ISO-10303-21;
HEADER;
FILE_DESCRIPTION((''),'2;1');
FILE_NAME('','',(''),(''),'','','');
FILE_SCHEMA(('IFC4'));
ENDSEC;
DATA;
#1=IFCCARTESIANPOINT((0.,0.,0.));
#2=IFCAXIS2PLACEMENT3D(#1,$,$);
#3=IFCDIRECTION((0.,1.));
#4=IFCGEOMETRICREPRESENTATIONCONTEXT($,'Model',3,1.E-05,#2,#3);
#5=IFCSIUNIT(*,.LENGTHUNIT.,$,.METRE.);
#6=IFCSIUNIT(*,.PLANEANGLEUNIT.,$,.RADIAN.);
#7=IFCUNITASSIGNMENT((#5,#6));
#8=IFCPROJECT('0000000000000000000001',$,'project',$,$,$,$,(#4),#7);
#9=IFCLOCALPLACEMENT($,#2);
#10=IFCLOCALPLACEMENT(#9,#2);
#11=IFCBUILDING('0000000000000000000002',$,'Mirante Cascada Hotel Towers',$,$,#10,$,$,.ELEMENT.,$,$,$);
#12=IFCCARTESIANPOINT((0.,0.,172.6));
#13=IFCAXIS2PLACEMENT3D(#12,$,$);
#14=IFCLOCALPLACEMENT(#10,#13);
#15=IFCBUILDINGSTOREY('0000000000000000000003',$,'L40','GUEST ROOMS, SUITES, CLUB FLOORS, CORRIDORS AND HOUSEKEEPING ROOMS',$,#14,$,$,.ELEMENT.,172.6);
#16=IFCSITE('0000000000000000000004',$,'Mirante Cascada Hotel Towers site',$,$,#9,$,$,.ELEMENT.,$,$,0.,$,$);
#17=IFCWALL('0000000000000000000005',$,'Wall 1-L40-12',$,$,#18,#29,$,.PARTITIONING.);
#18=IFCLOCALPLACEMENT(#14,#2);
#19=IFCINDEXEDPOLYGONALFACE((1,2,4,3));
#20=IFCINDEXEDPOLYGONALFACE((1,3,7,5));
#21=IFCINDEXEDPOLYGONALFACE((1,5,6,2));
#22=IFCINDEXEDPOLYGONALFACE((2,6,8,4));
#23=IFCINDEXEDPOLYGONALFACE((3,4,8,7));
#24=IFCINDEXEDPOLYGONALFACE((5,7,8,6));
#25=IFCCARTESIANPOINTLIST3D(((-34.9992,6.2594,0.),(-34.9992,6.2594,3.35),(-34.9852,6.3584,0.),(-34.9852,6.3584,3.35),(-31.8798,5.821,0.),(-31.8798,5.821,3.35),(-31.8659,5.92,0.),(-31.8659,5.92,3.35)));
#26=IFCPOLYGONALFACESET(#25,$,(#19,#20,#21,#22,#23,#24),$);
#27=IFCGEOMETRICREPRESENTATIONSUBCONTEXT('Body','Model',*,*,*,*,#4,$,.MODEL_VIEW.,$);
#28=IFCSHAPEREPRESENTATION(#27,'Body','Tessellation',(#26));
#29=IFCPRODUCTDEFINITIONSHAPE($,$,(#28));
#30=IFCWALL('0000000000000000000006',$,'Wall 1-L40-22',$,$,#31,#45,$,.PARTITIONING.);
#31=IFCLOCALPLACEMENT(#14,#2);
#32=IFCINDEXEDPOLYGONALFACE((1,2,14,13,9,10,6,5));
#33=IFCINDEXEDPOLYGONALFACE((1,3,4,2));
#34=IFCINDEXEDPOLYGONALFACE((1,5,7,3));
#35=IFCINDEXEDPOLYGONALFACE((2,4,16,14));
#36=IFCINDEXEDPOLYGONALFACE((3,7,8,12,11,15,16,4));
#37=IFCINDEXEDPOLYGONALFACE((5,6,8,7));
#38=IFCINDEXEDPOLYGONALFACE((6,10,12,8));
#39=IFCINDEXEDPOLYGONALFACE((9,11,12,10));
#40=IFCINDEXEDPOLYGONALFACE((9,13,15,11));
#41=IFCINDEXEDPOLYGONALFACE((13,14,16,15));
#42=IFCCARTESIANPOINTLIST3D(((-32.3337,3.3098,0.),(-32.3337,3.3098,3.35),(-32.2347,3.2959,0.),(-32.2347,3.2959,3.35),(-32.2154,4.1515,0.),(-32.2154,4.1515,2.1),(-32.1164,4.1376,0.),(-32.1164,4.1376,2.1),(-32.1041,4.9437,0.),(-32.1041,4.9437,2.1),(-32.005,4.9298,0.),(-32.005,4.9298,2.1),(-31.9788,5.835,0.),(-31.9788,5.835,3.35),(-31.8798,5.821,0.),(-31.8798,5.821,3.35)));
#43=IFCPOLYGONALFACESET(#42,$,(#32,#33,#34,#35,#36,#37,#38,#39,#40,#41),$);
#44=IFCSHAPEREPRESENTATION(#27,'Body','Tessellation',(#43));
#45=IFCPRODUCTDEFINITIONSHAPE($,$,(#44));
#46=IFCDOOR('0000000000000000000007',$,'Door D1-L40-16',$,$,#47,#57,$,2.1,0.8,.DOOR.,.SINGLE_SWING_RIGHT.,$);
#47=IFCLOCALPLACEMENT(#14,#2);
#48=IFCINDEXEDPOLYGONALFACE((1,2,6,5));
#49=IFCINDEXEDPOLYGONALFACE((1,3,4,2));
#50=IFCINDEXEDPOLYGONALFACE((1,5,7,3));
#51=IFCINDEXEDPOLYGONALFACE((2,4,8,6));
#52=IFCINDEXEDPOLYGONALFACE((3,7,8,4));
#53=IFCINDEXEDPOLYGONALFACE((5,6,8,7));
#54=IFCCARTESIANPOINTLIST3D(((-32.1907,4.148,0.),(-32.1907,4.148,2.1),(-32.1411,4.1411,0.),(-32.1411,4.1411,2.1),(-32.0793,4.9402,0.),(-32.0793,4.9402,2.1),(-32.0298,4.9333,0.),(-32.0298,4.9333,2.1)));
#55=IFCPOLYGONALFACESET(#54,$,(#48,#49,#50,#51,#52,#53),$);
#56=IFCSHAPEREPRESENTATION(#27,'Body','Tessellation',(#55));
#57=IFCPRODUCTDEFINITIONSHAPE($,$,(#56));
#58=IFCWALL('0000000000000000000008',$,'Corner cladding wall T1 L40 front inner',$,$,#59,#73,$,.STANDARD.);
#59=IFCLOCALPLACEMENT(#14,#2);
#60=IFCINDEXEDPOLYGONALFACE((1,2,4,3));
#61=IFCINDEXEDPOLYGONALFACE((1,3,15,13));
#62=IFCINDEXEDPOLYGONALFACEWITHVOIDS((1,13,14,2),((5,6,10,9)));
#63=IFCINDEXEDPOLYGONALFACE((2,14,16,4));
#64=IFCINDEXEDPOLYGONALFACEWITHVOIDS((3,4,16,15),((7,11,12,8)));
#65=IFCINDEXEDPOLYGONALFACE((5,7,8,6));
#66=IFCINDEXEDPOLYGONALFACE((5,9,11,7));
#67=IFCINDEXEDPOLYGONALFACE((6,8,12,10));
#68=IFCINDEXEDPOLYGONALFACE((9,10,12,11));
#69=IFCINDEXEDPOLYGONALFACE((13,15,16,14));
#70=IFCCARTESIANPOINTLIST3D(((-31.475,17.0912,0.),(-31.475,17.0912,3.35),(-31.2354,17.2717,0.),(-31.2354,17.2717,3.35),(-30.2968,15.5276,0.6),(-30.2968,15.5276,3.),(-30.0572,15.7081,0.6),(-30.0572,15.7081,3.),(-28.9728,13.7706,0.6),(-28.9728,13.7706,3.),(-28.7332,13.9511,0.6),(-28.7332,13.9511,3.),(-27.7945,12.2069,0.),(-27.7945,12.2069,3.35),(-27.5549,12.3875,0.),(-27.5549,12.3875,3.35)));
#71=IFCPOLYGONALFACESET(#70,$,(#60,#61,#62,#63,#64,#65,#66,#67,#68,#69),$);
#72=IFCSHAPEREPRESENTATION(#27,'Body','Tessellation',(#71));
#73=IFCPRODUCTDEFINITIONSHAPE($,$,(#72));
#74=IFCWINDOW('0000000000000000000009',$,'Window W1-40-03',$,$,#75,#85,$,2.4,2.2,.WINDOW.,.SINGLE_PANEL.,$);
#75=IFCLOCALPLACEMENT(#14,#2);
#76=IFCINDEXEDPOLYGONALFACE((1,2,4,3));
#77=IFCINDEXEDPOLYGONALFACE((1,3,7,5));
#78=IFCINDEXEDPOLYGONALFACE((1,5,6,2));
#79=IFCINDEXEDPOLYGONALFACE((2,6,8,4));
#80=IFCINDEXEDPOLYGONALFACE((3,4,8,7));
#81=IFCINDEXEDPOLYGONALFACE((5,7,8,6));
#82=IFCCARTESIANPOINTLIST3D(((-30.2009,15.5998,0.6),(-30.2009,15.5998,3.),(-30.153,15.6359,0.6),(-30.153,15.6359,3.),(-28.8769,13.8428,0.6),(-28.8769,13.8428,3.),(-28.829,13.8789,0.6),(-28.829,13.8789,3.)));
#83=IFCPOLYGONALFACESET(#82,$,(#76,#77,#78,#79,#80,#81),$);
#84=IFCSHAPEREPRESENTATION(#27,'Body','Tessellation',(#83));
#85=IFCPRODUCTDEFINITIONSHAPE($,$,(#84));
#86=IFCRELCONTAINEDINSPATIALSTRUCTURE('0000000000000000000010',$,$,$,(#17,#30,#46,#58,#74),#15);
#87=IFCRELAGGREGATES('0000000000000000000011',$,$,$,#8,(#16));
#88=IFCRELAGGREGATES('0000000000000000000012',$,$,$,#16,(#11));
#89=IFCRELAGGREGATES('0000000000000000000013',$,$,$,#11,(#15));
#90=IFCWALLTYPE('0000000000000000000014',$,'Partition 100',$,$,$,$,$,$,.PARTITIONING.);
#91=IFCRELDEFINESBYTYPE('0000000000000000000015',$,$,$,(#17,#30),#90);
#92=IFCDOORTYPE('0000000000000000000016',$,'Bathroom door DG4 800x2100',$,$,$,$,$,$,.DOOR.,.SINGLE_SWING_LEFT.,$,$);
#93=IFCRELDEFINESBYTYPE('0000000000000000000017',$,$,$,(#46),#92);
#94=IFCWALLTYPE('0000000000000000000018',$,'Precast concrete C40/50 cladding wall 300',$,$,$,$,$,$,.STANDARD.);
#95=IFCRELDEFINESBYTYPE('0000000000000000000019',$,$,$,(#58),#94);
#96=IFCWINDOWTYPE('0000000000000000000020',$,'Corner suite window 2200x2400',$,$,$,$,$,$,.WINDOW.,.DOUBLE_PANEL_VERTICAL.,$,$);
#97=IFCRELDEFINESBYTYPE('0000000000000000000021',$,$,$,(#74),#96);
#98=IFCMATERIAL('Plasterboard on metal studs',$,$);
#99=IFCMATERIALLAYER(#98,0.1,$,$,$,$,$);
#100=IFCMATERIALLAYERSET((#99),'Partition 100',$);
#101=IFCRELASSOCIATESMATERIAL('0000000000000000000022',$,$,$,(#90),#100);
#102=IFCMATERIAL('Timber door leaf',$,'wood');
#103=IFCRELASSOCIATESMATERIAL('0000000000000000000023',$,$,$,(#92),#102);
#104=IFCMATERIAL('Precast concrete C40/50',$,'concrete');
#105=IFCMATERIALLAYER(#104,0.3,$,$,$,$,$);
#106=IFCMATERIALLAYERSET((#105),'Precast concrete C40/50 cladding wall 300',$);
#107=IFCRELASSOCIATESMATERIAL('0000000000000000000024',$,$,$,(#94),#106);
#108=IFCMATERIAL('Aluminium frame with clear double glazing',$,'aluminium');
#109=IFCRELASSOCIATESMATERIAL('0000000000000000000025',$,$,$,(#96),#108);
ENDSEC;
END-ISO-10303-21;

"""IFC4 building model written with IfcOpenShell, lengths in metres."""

from ifc_helpers import new_model, si_unit, direction, frame, frame_2d, origin, place, context, subcontext, project, spatial, rectangle, extrude, material, layer, layer_set, type_object, element, fill, save


model = new_model("IFC4")

# Units and contexts
model_context = context("Model", 3, precision=1e-05, world=origin(), true_north=direction((0.0, 1.0)))
body_context = subcontext(model_context, "Body", "Model", "MODEL_VIEW")
ifc_project = project(units=[si_unit("LENGTHUNIT", "METRE"), si_unit("PLANEANGLEUNIT", "RADIAN")], contexts=[model_context])

# Site, building, storey
site_placement = place(None, origin())
site = spatial("IfcSite", under=ifc_project, at=site_placement, Name="Mirante Cascada Hotel Towers site", CompositionType="ELEMENT", RefElevation=0.0)
building_placement = place(site_placement, origin())
building = spatial("IfcBuilding", under=site, at=building_placement, Name="Mirante Cascada Hotel Towers", CompositionType="ELEMENT")
storey_placement = place(building_placement, frame((0.0, 0.0, 172.6)))
storey = spatial("IfcBuildingStorey", under=building, at=storey_placement, Name="L40", Description="GUEST ROOMS, SUITES, CLUB FLOORS, CORRIDORS AND HOUSEKEEPING ROOMS", CompositionType="ELEMENT", Elevation=172.6)

# Wall
ifc_material_1 = material(Name="Plasterboard on metal studs")
ifc_layer_1 = layer(ifc_material_1, 0.1)
ifc_layer_set_1 = layer_set([ifc_layer_1], Name="Partition 100")
wall_type_1 = type_object("IfcWallType", Name="Partition 100", PredefinedType="PARTITIONING", material=ifc_layer_set_1)
wall_1_placement = place(storey_placement, frame((-34.9922, 6.3089, 0.0), z_axis=(0.0, 0.0, 1.0), x_axis=(0.990268, -0.139177, 0.0)))
element("IfcWall", 1, at=wall_1_placement, inside=storey, type_object=wall_type_1, Name="Wall 1-L40-12", PredefinedType="PARTITIONING", context=body_context, shape_type="SweptSolid", body=[
    extrude(rectangle(XDim=3.15, YDim=0.1, at=frame_2d((1.575, 0.0))), origin(), (0.0, 0.0, 1.0), 3.35),
])

# Wall, opening, door
wall_2_placement = place(storey_placement, frame((-31.9293, 5.828, 0.0), z_axis=(0.0, 0.0, 1.0), x_axis=(-0.139176, -0.990268, 0.0)))
wall_2 = element("IfcWall", 2, at=wall_2_placement, inside=storey, type_object=wall_type_1, Name="Wall 1-L40-22", PredefinedType="PARTITIONING", context=body_context, shape_type="SweptSolid", body=[
    extrude(rectangle(XDim=2.55, YDim=0.1, at=frame_2d((1.275, 0.0))), origin(), (0.0, 0.0, 1.0), 3.35),
])
opening_1_placement = place(wall_2_placement, frame((0.9, 0.0, 0.0)))
opening_1 = element("IfcOpeningElement", 3, at=opening_1_placement, cuts=wall_2, PredefinedType="OPENING", context=body_context, shape_type="SweptSolid", body=[
    extrude(rectangle(XDim=0.8, YDim=2.1, at=frame_2d((0.4, 1.05))), frame((0.0, 0.05, 0.0), z_axis=(0.0, -1.0, 0.0), x_axis=(1.0, 0.0, 0.0)), (0.0, 0.0, 1.0), 0.1),
])
ifc_material_2 = material(Name="Timber door leaf", Category="wood")
door_type_1 = type_object("IfcDoorType", Name="Bathroom door DG4 800x2100", OperationType="SINGLE_SWING_LEFT", PredefinedType="DOOR", material=ifc_material_2)
door_1_placement = place(opening_1_placement, frame((0.8, 0.0, 0.0), z_axis=(0.0, 0.0, 1.0), x_axis=(-1.0, 0.0, 0.0)))
door_1 = element("IfcDoor", 4, at=door_1_placement, inside=storey, type_object=door_type_1, Name="Door D1-L40-16", OperationType="SINGLE_SWING_RIGHT", OverallHeight=2.1, OverallWidth=0.8, PredefinedType="DOOR", context=body_context, shape_type="SweptSolid", body=[
    extrude(rectangle(XDim=0.8, YDim=2.1, at=frame_2d((0.4, 1.05))), frame((0.0, 0.025, 0.0), z_axis=(0.0, -1.0, 0.0), x_axis=(1.0, 0.0, 0.0)), (0.0, 0.0, 1.0), 0.05),
])
fill(opening_1, door_1)

# Wall, opening, window
ifc_material_3 = material(Name="Precast concrete C40/50", Category="concrete")
ifc_layer_2 = layer(ifc_material_3, 0.3)
ifc_layer_set_2 = layer_set([ifc_layer_2], Name="Precast concrete C40/50 cladding wall 300")
wall_type_2 = type_object("IfcWallType", Name="Precast concrete C40/50 cladding wall 300", PredefinedType="STANDARD", material=ifc_layer_set_2)
wall_3_placement = place(storey_placement, frame((-31.3552, 17.1814, 0.0), z_axis=(0.0, 0.0, 1.0), x_axis=(0.601814, -0.798636, 0.0)))
wall_3 = element("IfcWall", 5, at=wall_3_placement, inside=storey, type_object=wall_type_2, Name="Corner cladding wall T1 L40 front inner", PredefinedType="STANDARD", context=body_context, shape_type="SweptSolid", body=[
    extrude(rectangle(XDim=6.1157, YDim=0.3, at=frame_2d((3.0578, 0.0))), origin(), (0.0, 0.0, 1.0), 3.35),
])
opening_2_placement = place(wall_3_placement, frame((1.9578, 0.0, 0.6)))
opening_2 = element("IfcOpeningElement", 6, at=opening_2_placement, cuts=wall_3, PredefinedType="OPENING", context=body_context, shape_type="SweptSolid", body=[
    extrude(rectangle(XDim=2.2, YDim=2.4, at=frame_2d((1.1, 1.2))), frame((0.0, 0.15, 0.0), z_axis=(0.0, -1.0, 0.0), x_axis=(1.0, 0.0, 0.0)), (0.0, 0.0, 1.0), 0.3),
])
ifc_material_4 = material(Name="Aluminium frame with clear double glazing", Category="aluminium")
window_type = type_object("IfcWindowType", Name="Corner suite window 2200x2400", PartitioningType="DOUBLE_PANEL_VERTICAL", PredefinedType="WINDOW", material=ifc_material_4)
window_placement = place(opening_2_placement, origin())
window = element("IfcWindow", 7, at=window_placement, inside=storey, type_object=window_type, Name="Window W1-40-03", OverallHeight=2.4, OverallWidth=2.2, PartitioningType="SINGLE_PANEL", PredefinedType="WINDOW", context=body_context, shape_type="SweptSolid", body=[
    extrude(rectangle(XDim=2.2, YDim=2.4, at=frame_2d((1.1, 1.2))), frame((0.0, 0.03, 0.0), z_axis=(0.0, -1.0, 0.0), x_axis=(1.0, 0.0, 0.0)), (0.0, 0.0, 1.0), 0.06),
])
fill(opening_2, window)

save(model, "model.ifc")
